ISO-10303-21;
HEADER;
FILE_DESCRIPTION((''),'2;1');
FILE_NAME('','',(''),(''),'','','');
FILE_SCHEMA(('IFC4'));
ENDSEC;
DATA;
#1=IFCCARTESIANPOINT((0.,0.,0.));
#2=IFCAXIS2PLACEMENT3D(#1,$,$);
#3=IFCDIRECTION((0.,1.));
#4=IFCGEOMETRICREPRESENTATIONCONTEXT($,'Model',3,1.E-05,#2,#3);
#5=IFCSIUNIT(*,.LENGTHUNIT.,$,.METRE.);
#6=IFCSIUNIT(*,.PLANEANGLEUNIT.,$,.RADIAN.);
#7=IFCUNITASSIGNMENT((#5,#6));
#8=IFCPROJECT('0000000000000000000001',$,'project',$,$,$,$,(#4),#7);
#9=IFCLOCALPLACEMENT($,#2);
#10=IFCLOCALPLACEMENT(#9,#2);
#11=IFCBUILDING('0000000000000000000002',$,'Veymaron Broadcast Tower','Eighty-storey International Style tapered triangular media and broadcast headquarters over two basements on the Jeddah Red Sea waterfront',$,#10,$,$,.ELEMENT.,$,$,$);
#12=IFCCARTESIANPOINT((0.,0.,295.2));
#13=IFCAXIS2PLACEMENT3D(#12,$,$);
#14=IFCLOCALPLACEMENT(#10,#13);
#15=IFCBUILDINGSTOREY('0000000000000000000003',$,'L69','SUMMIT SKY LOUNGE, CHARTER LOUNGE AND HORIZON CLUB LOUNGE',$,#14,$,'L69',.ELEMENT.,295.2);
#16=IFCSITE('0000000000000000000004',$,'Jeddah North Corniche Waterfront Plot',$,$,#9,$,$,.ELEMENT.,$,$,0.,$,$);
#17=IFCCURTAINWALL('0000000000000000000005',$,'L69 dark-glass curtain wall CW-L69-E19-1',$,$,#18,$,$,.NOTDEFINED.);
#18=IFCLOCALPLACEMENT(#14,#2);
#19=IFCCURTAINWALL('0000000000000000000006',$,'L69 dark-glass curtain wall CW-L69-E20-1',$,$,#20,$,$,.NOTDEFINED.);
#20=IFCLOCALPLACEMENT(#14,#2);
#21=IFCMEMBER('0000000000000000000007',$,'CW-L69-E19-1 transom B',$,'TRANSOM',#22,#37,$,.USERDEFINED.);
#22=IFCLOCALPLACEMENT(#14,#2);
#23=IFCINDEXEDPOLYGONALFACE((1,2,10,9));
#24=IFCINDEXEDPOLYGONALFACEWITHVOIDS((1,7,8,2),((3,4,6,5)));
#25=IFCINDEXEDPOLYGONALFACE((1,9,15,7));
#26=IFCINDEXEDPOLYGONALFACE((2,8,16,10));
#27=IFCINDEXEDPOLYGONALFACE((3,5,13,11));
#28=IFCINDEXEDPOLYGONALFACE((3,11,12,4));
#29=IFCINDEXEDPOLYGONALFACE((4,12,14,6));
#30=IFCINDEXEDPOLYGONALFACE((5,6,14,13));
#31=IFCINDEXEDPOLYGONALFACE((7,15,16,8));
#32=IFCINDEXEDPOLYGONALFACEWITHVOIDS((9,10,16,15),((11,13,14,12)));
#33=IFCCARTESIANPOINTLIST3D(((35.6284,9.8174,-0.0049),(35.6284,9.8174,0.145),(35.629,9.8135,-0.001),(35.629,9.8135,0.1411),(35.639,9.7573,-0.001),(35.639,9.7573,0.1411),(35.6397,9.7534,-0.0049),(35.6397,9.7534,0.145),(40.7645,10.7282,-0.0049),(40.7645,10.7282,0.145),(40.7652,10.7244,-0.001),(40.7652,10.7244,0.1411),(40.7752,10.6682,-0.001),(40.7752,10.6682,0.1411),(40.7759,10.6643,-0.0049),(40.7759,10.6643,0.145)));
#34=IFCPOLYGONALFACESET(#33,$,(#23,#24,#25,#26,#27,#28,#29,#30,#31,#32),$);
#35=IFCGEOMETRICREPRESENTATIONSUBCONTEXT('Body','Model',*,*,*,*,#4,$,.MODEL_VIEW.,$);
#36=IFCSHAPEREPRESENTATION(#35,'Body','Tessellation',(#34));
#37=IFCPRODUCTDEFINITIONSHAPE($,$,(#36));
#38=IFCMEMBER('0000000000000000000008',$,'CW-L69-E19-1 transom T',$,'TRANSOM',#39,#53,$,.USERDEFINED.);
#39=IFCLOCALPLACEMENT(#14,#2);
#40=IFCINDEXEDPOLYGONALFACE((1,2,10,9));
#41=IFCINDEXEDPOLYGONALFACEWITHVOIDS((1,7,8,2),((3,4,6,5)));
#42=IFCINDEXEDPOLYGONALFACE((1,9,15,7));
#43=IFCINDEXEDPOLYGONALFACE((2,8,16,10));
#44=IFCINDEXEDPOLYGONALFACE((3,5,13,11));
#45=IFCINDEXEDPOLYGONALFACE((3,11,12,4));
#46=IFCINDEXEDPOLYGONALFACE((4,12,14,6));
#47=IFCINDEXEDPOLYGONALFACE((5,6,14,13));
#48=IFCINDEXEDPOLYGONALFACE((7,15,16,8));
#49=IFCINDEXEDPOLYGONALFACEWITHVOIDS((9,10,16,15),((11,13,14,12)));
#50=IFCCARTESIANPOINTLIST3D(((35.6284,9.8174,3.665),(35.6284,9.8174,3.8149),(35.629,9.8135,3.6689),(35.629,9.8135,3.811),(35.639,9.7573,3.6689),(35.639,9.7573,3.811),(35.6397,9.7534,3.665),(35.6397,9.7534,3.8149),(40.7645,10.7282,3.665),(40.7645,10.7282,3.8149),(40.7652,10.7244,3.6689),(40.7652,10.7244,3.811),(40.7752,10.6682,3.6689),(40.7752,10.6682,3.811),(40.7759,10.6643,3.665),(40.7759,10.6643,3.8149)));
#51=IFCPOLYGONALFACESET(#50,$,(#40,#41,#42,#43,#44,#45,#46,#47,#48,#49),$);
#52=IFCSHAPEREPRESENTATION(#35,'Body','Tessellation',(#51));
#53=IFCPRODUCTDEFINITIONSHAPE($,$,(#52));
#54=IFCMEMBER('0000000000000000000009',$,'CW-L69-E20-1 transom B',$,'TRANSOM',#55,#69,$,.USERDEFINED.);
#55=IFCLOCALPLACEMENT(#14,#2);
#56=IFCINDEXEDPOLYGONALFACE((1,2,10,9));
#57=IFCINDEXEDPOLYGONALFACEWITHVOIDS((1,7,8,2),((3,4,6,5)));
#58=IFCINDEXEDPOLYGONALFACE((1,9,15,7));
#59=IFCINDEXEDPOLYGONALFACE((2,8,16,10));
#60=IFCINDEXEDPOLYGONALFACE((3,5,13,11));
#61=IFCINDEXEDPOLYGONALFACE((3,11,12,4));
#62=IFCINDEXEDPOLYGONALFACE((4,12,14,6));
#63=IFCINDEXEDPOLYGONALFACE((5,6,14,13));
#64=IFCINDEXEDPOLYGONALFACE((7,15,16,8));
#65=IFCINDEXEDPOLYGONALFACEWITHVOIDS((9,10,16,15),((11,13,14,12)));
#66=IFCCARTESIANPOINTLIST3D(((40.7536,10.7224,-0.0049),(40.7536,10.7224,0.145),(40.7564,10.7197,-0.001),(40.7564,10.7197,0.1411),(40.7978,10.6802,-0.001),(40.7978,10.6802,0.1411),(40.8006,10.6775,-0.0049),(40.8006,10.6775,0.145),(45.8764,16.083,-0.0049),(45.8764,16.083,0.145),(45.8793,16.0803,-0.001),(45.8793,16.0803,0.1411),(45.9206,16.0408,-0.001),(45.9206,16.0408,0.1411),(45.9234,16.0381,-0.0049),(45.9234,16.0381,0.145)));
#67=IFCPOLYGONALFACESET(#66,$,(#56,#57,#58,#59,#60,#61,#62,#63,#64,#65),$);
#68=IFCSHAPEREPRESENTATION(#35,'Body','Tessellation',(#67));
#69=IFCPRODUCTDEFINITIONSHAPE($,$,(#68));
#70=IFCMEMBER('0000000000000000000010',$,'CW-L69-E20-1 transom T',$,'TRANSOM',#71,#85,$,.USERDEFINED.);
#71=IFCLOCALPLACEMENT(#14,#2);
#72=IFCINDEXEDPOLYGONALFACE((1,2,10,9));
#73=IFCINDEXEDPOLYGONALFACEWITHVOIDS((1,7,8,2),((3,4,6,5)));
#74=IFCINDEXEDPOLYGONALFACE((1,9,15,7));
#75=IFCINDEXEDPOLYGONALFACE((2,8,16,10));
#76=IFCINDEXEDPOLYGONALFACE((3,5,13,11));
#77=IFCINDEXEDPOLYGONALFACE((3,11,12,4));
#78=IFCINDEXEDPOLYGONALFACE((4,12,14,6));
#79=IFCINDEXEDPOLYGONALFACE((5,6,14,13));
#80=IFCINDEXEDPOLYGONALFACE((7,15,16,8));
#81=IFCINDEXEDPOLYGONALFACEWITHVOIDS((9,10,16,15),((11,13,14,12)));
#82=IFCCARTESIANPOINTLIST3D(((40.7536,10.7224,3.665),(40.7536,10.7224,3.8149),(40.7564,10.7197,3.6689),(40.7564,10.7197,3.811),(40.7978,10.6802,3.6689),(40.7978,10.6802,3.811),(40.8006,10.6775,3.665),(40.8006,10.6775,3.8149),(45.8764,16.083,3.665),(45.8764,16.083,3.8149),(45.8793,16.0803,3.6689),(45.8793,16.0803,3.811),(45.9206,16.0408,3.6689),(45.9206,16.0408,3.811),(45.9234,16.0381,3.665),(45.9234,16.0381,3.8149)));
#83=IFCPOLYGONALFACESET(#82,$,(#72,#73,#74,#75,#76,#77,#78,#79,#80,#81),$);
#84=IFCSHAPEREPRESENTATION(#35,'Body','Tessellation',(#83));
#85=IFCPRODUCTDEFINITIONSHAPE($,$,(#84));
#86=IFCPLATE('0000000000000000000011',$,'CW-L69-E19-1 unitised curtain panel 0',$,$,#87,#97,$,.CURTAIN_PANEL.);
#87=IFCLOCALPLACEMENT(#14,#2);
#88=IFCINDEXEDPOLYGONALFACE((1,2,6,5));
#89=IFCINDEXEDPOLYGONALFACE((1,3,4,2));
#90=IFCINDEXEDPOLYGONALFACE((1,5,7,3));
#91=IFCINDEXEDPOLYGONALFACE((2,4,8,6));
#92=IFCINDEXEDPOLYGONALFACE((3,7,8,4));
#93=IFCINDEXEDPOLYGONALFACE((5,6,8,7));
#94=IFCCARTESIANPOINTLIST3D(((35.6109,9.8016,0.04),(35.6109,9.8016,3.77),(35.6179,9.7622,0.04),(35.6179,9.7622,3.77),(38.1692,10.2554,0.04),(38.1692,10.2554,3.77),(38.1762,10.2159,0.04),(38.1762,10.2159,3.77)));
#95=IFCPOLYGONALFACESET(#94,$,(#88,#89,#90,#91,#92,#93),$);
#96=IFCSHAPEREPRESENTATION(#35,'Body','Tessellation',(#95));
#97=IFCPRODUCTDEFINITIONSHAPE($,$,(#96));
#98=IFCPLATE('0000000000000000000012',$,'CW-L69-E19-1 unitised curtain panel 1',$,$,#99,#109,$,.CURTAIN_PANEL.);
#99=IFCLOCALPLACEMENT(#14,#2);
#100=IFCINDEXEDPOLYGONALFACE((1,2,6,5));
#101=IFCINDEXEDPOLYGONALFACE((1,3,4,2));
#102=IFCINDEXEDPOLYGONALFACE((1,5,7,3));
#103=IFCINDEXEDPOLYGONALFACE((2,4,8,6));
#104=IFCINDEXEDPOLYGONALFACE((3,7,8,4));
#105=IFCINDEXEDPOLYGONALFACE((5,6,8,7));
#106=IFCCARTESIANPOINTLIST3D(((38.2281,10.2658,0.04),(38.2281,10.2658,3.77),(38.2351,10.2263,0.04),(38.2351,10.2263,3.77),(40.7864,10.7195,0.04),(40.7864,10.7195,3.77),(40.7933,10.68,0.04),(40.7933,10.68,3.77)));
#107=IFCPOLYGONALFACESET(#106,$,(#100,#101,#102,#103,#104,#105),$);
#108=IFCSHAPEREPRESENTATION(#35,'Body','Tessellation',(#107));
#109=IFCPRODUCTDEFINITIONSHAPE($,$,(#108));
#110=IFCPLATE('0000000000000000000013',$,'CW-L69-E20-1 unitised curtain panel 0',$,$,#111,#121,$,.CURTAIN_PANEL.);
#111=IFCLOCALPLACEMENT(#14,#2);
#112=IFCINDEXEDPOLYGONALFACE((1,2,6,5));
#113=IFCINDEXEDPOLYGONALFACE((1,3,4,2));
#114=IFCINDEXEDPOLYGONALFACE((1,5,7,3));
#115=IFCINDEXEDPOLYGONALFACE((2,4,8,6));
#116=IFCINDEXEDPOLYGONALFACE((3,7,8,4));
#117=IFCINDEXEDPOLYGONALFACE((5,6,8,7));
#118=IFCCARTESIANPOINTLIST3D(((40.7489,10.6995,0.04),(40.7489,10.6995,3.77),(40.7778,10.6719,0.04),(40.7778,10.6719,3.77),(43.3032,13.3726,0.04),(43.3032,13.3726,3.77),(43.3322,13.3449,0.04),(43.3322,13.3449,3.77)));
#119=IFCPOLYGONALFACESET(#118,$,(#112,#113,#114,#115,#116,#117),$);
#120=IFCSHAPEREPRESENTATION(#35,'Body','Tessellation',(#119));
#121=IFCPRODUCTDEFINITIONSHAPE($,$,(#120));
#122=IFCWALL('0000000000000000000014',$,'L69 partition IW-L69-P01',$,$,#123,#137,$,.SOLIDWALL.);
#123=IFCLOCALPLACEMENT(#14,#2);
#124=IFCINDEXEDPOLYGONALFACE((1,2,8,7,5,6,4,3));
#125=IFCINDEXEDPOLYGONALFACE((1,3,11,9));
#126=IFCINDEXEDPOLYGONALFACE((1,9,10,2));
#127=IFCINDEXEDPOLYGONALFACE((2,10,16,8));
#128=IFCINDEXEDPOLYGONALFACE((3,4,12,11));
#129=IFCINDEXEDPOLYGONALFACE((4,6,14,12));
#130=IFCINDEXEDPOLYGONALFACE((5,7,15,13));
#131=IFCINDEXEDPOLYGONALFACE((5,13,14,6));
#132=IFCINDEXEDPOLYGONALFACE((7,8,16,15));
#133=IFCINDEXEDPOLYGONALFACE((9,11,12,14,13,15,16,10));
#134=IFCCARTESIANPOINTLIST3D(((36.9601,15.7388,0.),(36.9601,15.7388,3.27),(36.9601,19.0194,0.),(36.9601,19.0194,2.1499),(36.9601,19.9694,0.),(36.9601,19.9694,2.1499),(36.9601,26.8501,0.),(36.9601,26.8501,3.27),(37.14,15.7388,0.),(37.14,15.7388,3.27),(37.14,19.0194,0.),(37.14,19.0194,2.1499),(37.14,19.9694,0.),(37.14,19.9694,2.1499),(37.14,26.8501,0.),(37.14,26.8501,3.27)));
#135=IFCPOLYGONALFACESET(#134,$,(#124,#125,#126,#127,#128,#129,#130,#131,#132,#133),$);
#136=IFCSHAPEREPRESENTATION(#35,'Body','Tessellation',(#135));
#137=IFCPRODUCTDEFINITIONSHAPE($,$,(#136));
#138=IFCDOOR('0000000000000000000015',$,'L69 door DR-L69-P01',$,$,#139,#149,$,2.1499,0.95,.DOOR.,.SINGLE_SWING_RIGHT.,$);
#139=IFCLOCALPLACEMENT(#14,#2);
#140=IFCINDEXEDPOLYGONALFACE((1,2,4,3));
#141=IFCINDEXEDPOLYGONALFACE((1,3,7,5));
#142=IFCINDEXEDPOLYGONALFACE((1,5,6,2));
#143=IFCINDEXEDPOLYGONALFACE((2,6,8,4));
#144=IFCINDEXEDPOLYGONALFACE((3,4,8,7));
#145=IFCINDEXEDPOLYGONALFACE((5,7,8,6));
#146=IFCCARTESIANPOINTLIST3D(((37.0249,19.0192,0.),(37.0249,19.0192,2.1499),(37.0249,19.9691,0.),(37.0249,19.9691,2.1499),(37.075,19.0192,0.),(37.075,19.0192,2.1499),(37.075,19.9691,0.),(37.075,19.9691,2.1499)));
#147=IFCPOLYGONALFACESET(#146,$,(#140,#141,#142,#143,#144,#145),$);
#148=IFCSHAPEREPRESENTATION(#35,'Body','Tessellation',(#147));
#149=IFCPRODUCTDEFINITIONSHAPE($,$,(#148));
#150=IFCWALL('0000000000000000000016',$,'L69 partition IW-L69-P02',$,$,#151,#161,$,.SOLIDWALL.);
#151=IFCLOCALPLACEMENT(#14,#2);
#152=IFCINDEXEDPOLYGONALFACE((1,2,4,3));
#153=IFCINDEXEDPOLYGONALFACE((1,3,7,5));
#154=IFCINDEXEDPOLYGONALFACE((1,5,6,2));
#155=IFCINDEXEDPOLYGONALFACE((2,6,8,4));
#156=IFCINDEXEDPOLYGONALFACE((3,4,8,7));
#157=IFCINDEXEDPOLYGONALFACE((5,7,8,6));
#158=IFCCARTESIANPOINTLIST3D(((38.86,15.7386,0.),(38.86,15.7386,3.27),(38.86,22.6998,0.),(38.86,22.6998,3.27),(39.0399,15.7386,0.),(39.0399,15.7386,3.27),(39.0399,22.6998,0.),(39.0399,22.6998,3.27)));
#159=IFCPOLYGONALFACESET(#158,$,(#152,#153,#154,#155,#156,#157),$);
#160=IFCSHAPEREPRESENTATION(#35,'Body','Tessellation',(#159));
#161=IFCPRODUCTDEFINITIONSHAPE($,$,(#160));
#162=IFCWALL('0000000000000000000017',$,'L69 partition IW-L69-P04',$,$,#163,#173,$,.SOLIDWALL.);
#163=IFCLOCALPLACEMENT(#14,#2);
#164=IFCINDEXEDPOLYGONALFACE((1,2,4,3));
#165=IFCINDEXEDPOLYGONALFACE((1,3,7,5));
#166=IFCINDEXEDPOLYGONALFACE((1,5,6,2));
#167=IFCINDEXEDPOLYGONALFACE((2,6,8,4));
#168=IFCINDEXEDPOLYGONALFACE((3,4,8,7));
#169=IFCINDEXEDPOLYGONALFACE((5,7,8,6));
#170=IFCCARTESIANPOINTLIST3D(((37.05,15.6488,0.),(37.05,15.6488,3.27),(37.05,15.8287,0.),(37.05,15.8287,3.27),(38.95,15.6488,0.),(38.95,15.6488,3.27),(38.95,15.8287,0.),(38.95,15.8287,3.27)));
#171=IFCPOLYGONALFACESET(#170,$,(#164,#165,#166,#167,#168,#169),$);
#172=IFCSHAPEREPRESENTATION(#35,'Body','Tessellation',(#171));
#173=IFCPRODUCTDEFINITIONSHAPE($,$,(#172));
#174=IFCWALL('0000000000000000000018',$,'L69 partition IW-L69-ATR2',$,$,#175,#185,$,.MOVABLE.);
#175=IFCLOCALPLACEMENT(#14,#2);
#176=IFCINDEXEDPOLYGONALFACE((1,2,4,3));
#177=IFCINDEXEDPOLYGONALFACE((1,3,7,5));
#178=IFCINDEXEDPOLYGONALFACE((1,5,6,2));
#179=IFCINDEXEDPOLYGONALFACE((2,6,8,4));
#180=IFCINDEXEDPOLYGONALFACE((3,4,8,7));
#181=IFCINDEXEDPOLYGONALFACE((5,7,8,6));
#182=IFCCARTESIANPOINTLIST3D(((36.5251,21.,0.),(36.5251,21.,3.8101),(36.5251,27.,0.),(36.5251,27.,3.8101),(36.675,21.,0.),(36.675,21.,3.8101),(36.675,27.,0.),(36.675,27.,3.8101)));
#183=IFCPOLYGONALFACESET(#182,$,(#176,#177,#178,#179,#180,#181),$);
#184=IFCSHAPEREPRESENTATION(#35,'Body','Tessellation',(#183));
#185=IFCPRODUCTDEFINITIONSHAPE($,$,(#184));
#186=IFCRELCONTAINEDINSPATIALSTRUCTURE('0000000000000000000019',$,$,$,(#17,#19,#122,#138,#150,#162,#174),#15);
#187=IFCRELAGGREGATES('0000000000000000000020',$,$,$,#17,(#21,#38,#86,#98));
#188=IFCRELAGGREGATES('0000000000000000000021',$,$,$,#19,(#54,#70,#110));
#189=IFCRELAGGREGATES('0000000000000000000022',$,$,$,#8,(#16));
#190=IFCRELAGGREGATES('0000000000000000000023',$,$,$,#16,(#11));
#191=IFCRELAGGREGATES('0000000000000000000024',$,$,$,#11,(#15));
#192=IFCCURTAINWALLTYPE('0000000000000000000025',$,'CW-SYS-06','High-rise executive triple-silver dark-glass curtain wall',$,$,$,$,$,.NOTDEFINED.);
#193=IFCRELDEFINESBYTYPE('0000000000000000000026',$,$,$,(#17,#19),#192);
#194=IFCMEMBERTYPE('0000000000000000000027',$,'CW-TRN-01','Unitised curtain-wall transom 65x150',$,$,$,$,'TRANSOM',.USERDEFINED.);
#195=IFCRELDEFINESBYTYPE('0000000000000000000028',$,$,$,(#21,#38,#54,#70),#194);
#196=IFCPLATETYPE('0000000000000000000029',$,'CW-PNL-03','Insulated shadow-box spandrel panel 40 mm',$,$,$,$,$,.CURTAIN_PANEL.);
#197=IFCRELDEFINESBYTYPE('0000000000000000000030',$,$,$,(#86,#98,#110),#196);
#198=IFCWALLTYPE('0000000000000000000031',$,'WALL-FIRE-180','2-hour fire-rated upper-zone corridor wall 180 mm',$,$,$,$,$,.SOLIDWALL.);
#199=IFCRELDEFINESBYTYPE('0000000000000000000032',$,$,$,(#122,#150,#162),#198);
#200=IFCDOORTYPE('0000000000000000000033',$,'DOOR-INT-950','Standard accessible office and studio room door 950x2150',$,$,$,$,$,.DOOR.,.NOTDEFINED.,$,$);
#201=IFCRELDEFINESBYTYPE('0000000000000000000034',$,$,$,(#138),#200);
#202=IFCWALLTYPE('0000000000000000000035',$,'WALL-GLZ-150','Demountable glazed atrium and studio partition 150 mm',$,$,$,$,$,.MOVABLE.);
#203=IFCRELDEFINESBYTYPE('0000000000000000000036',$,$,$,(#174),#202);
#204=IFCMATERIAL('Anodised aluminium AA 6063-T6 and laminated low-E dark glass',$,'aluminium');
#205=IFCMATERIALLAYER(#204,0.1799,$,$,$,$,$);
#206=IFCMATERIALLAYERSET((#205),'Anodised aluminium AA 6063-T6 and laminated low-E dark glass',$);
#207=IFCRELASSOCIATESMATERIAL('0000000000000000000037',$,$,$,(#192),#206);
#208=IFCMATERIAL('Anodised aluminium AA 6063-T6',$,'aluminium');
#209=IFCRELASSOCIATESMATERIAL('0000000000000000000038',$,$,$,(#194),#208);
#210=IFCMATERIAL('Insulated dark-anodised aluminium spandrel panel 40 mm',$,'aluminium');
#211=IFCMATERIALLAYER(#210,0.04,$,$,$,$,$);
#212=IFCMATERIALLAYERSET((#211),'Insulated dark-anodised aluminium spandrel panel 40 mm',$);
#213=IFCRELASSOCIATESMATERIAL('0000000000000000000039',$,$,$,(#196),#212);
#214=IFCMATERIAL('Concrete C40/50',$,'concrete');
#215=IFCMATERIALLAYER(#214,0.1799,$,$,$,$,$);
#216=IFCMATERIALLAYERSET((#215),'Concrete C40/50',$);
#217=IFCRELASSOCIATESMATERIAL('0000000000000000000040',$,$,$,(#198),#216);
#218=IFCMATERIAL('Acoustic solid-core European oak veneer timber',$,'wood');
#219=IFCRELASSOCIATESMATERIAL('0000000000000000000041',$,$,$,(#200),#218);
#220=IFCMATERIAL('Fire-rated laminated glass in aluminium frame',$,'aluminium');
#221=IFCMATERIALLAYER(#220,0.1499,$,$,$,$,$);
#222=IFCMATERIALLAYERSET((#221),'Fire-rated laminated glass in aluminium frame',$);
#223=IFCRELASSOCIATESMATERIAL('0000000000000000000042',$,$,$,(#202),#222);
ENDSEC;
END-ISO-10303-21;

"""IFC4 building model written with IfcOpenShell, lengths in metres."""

from ifc_helpers import new_model, si_unit, direction, frame, frame_2d, origin, origin_2d, place, context, subcontext, project, spatial, rectangle, hollow_rectangle, extrude, material, layer, layer_set, material_profile, profile_set, type_object, element, fill, aggregate, save


model = new_model("IFC4")

# Units and contexts
model_context = context("Model", 3, precision=1e-05, world=origin(), true_north=direction((0.0, 1.0)))
body_context = subcontext(model_context, "Body", "Model", "MODEL_VIEW")
ifc_project = project(units=[si_unit("LENGTHUNIT", "METRE"), si_unit("PLANEANGLEUNIT", "RADIAN")], contexts=[model_context])

# Site, building, storey
site_placement = place(None, origin())
site = spatial("IfcSite", under=ifc_project, at=site_placement, Name="Jeddah North Corniche Waterfront Plot", CompositionType="ELEMENT", RefElevation=0.0)
building_placement = place(site_placement, origin())
building = spatial("IfcBuilding", under=site, at=building_placement, Name="Veymaron Broadcast Tower", Description="Eighty-storey International Style tapered triangular media and broadcast headquarters over two basements on the Jeddah Red Sea waterfront", CompositionType="ELEMENT")
storey_placement = place(building_placement, frame((0.0, 0.0, 295.2)))
storey = spatial("IfcBuildingStorey", under=building, at=storey_placement, Name="L69", Description="SUMMIT SKY LOUNGE, CHARTER LOUNGE AND HORIZON CLUB LOUNGE", LongName="L69", CompositionType="ELEMENT", Elevation=295.2)

# Shared definitions
ifc_material_1 = material(Name="Anodised aluminium AA 6063-T6 and laminated low-E dark glass", Category="aluminium")
ifc_layer_1 = layer(ifc_material_1, 0.1799)
ifc_layer_set_1 = layer_set([ifc_layer_1], Name="Anodised aluminium AA 6063-T6 and laminated low-E dark glass")
curtain_wall_type = type_object("IfcCurtainWallType", Name="CW-SYS-06", Description="High-rise executive triple-silver dark-glass curtain wall", PredefinedType="NOTDEFINED", material=ifc_layer_set_1)
ifc_material_2 = material(Name="Anodised aluminium AA 6063-T6", Category="aluminium")

# Curtain walls
curtain_wall_1_placement = place(storey_placement, origin())
curtain_wall_1 = element("IfcCurtainWall", 1, at=curtain_wall_1_placement, inside=storey, type_object=curtain_wall_type, Name="L69 dark-glass curtain wall CW-L69-E19-1", PredefinedType="NOTDEFINED")
curtain_wall_2_placement = place(storey_placement, origin())
curtain_wall_2 = element("IfcCurtainWall", 2, at=curtain_wall_2_placement, inside=storey, type_object=curtain_wall_type, Name="L69 dark-glass curtain wall CW-L69-E20-1", PredefinedType="NOTDEFINED")

# Members
ifc_material_profile_1 = material_profile(ifc_material_2, hollow_rectangle(XDim=0.0649, YDim=0.1499, WallThickness=0.0039, at=origin_2d()), Name="AL150X65X4")
ifc_profile_set_1 = profile_set([ifc_material_profile_1], Name="Anodised aluminium AA 6063-T6")
member_type_1 = type_object("IfcMemberType", Name="CW-TRN-01", Description="Unitised curtain-wall transom 65x150", ElementType="TRANSOM", PredefinedType="USERDEFINED", material=ifc_profile_set_1)
member_1_placement = place(storey_placement, frame((35.634, 9.7854, 0.0701), z_axis=(0.984636, 0.174621, 0.0), x_axis=(-0.174621, 0.984636, 0.0)))
member_1 = element("IfcMember", 3, at=member_1_placement, type_object=member_type_1, Name="CW-L69-E19-1 transom B", ObjectType="TRANSOM", PredefinedType="USERDEFINED", context=body_context, shape_type="SweptSolid", body=[
    extrude(hollow_rectangle(XDim=0.0649, YDim=0.1499, WallThickness=0.0039, at=origin_2d()), origin(), (0.0, 0.0, 1.0), 5.2163),
])
member_2_placement = place(storey_placement, frame((35.634, 9.7854, 3.74), z_axis=(0.984636, 0.174621, 0.0), x_axis=(-0.174621, 0.984636, 0.0)))
member_2 = element("IfcMember", 4, at=member_2_placement, type_object=member_type_1, Name="CW-L69-E19-1 transom T", ObjectType="TRANSOM", PredefinedType="USERDEFINED", context=body_context, shape_type="SweptSolid", body=[
    extrude(hollow_rectangle(XDim=0.0649, YDim=0.1499, WallThickness=0.0039, at=origin_2d()), origin(), (0.0, 0.0, 1.0), 5.2163),
])
member_3_placement = place(storey_placement, frame((40.7771, 10.7, 0.0701), z_axis=(0.69089, 0.72296, 0.0), x_axis=(-0.72296, 0.69089, 0.0)))
member_3 = element("IfcMember", 5, at=member_3_placement, type_object=member_type_1, Name="CW-L69-E20-1 transom B", ObjectType="TRANSOM", PredefinedType="USERDEFINED", context=body_context, shape_type="SweptSolid", body=[
    extrude(hollow_rectangle(XDim=0.0649, YDim=0.1499, WallThickness=0.0039, at=origin_2d()), origin(), (0.0, 0.0, 1.0), 7.4148),
])
member_4_placement = place(storey_placement, frame((40.7771, 10.7, 3.74), z_axis=(0.69089, 0.72296, 0.0), x_axis=(-0.72296, 0.69089, 0.0)))
member_4 = element("IfcMember", 6, at=member_4_placement, type_object=member_type_1, Name="CW-L69-E20-1 transom T", ObjectType="TRANSOM", PredefinedType="USERDEFINED", context=body_context, shape_type="SweptSolid", body=[
    extrude(hollow_rectangle(XDim=0.0649, YDim=0.1499, WallThickness=0.0039, at=origin_2d()), origin(), (0.0, 0.0, 1.0), 7.4148),
])

# Plates
ifc_material_3 = material(Name="Insulated dark-anodised aluminium spandrel panel 40 mm", Category="aluminium")
ifc_layer_2 = layer(ifc_material_3, 0.04)
ifc_layer_set_2 = layer_set([ifc_layer_2], Name="Insulated dark-anodised aluminium spandrel panel 40 mm")
plate_type = type_object("IfcPlateType", Name="CW-PNL-03", Description="Insulated shadow-box spandrel panel 40 mm", PredefinedType="CURTAIN_PANEL", material=ifc_layer_set_2)
plate_1_placement = place(storey_placement, frame((36.8936, 10.0088, 0.04), z_axis=(0.0, 0.0, 1.0), x_axis=(0.984635, 0.174628, 0.0)))
plate_1 = element("IfcPlate", 7, at=plate_1_placement, type_object=plate_type, Name="CW-L69-E19-1 unitised curtain panel 0", PredefinedType="CURTAIN_PANEL", context=body_context, shape_type="SweptSolid", body=[
    extrude(rectangle(XDim=2.5981, YDim=0.04, at=origin_2d()), origin(), (0.0, 0.0, 1.0), 3.73),
])
plate_2_placement = place(storey_placement, frame((39.5107, 10.4729, 0.04), z_axis=(0.0, 0.0, 1.0), x_axis=(0.984635, 0.174628, 0.0)))
plate_2 = element("IfcPlate", 8, at=plate_2_placement, type_object=plate_type, Name="CW-L69-E19-1 unitised curtain panel 1", PredefinedType="CURTAIN_PANEL", context=body_context, shape_type="SweptSolid", body=[
    extrude(rectangle(XDim=2.5981, YDim=0.04, at=origin_2d()), origin(), (0.0, 0.0, 1.0), 3.73),
])
aggregate(curtain_wall_1, [member_1, member_2, plate_1, plate_2])
plate_3_placement = place(storey_placement, frame((42.0405, 12.0222, 0.04), z_axis=(0.0, 0.0, 1.0), x_axis=(0.69087, 0.722979, 0.0)))
plate_3 = element("IfcPlate", 9, at=plate_3_placement, type_object=plate_type, Name="CW-L69-E20-1 unitised curtain panel 0", PredefinedType="CURTAIN_PANEL", context=body_context, shape_type="SweptSolid", body=[
    extrude(rectangle(XDim=3.6973, YDim=0.04, at=origin_2d()), origin(), (0.0, 0.0, 1.0), 3.73),
])
aggregate(curtain_wall_2, [member_3, member_4, plate_3])

# Wall, opening, door
ifc_material_4 = material(Name="Concrete C40/50", Category="concrete")
ifc_layer_3 = layer(ifc_material_4, 0.1799)
ifc_layer_set_3 = layer_set([ifc_layer_3], Name="Concrete C40/50")
wall_type_1 = type_object("IfcWallType", Name="WALL-FIRE-180", Description="2-hour fire-rated upper-zone corridor wall 180 mm", PredefinedType="SOLIDWALL", material=ifc_layer_set_3)
wall_1_placement = place(storey_placement, frame((37.05, 15.7388, 0.0), z_axis=(0.0, 0.0, 1.0), x_axis=(0.0, 1.0, 0.0)))
wall_1 = element("IfcWall", 10, at=wall_1_placement, inside=storey, type_object=wall_type_1, Name="L69 partition IW-L69-P01", PredefinedType="SOLIDWALL", context=body_context, shape_type="SweptSolid", body=[
    extrude(rectangle(XDim=11.1113, YDim=0.1799, at=frame_2d((5.5557, 0.0))), origin(), (0.0, 0.0, 1.0), 3.27),
])
opening_1_placement = place(wall_1_placement, frame((3.2805, 0.0, 0.0)))
opening_1 = element("IfcOpeningElement", 11, at=opening_1_placement, cuts=wall_1, PredefinedType="OPENING", context=body_context, shape_type="SweptSolid", body=[
    extrude(rectangle(XDim=0.95, YDim=2.1499, at=frame_2d((0.4751, 1.075))), frame((0.0, 0.1001, 0.0), z_axis=(0.0, -1.0, 0.0), x_axis=(1.0, 0.0, 0.0)), (0.0, 0.0, 1.0), 0.2),
])
ifc_material_5 = material(Name="Acoustic solid-core European oak veneer timber", Category="wood")
door_type_1 = type_object("IfcDoorType", Name="DOOR-INT-950", Description="Standard accessible office and studio room door 950x2150", OperationType="NOTDEFINED", PredefinedType="DOOR", material=ifc_material_5)
door_1_placement = place(opening_1_placement, frame((0.95, 0.0, 0.0), z_axis=(0.0, 0.0, 1.0), x_axis=(-1.0, 0.0, 0.0)))
door_1 = element("IfcDoor", 12, at=door_1_placement, inside=storey, type_object=door_type_1, Name="L69 door DR-L69-P01", OperationType="SINGLE_SWING_RIGHT", OverallHeight=2.1499, OverallWidth=0.95, PredefinedType="DOOR", context=body_context, shape_type="SweptSolid", body=[
    extrude(rectangle(XDim=0.95, YDim=2.1499, at=frame_2d((0.4751, 1.075))), frame((0.0, 0.0249, 0.0), z_axis=(0.0, -1.0, 0.0), x_axis=(1.0, 0.0, 0.0)), (0.0, 0.0, 1.0), 0.05),
])
fill(opening_1, door_1)

# Walls
wall_2_placement = place(storey_placement, frame((38.95, 15.7388, 0.0), z_axis=(0.0, 0.0, 1.0), x_axis=(0.0, 1.0, 0.0)))
element("IfcWall", 13, at=wall_2_placement, inside=storey, type_object=wall_type_1, Name="L69 partition IW-L69-P02", PredefinedType="SOLIDWALL", context=body_context, shape_type="SweptSolid", body=[
    extrude(rectangle(XDim=6.9612, YDim=0.1799, at=frame_2d((3.4805, 0.0))), origin(), (0.0, 0.0, 1.0), 3.27),
])
wall_3_placement = place(storey_placement, frame((37.05, 15.7388, 0.0), z_axis=(0.0, 0.0, 1.0), x_axis=(1.0, 0.0, 0.0)))
element("IfcWall", 14, at=wall_3_placement, inside=storey, type_object=wall_type_1, Name="L69 partition IW-L69-P04", PredefinedType="SOLIDWALL", context=body_context, shape_type="SweptSolid", body=[
    extrude(rectangle(XDim=1.8999, YDim=0.1799, at=frame_2d((0.95, 0.0))), origin(), (0.0, 0.0, 1.0), 3.27),
])
ifc_material_6 = material(Name="Fire-rated laminated glass in aluminium frame", Category="aluminium")
ifc_layer_4 = layer(ifc_material_6, 0.1499)
ifc_layer_set_4 = layer_set([ifc_layer_4], Name="Fire-rated laminated glass in aluminium frame")
wall_type_2 = type_object("IfcWallType", Name="WALL-GLZ-150", Description="Demountable glazed atrium and studio partition 150 mm", PredefinedType="MOVABLE", material=ifc_layer_set_4)
wall_4_placement = place(storey_placement, frame((36.6001, 21.0, 0.0), z_axis=(0.0, 0.0, 1.0), x_axis=(0.0, 1.0, 0.0)))
element("IfcWall", 15, at=wall_4_placement, inside=storey, type_object=wall_type_2, Name="L69 partition IW-L69-ATR2", PredefinedType="MOVABLE", context=body_context, shape_type="SweptSolid", body=[
    extrude(rectangle(XDim=6.0, YDim=0.1499, at=frame_2d((3.0, 0.0))), origin(), (0.0, 0.0, 1.0), 3.8101),
])

save(model, "model.ifc")
